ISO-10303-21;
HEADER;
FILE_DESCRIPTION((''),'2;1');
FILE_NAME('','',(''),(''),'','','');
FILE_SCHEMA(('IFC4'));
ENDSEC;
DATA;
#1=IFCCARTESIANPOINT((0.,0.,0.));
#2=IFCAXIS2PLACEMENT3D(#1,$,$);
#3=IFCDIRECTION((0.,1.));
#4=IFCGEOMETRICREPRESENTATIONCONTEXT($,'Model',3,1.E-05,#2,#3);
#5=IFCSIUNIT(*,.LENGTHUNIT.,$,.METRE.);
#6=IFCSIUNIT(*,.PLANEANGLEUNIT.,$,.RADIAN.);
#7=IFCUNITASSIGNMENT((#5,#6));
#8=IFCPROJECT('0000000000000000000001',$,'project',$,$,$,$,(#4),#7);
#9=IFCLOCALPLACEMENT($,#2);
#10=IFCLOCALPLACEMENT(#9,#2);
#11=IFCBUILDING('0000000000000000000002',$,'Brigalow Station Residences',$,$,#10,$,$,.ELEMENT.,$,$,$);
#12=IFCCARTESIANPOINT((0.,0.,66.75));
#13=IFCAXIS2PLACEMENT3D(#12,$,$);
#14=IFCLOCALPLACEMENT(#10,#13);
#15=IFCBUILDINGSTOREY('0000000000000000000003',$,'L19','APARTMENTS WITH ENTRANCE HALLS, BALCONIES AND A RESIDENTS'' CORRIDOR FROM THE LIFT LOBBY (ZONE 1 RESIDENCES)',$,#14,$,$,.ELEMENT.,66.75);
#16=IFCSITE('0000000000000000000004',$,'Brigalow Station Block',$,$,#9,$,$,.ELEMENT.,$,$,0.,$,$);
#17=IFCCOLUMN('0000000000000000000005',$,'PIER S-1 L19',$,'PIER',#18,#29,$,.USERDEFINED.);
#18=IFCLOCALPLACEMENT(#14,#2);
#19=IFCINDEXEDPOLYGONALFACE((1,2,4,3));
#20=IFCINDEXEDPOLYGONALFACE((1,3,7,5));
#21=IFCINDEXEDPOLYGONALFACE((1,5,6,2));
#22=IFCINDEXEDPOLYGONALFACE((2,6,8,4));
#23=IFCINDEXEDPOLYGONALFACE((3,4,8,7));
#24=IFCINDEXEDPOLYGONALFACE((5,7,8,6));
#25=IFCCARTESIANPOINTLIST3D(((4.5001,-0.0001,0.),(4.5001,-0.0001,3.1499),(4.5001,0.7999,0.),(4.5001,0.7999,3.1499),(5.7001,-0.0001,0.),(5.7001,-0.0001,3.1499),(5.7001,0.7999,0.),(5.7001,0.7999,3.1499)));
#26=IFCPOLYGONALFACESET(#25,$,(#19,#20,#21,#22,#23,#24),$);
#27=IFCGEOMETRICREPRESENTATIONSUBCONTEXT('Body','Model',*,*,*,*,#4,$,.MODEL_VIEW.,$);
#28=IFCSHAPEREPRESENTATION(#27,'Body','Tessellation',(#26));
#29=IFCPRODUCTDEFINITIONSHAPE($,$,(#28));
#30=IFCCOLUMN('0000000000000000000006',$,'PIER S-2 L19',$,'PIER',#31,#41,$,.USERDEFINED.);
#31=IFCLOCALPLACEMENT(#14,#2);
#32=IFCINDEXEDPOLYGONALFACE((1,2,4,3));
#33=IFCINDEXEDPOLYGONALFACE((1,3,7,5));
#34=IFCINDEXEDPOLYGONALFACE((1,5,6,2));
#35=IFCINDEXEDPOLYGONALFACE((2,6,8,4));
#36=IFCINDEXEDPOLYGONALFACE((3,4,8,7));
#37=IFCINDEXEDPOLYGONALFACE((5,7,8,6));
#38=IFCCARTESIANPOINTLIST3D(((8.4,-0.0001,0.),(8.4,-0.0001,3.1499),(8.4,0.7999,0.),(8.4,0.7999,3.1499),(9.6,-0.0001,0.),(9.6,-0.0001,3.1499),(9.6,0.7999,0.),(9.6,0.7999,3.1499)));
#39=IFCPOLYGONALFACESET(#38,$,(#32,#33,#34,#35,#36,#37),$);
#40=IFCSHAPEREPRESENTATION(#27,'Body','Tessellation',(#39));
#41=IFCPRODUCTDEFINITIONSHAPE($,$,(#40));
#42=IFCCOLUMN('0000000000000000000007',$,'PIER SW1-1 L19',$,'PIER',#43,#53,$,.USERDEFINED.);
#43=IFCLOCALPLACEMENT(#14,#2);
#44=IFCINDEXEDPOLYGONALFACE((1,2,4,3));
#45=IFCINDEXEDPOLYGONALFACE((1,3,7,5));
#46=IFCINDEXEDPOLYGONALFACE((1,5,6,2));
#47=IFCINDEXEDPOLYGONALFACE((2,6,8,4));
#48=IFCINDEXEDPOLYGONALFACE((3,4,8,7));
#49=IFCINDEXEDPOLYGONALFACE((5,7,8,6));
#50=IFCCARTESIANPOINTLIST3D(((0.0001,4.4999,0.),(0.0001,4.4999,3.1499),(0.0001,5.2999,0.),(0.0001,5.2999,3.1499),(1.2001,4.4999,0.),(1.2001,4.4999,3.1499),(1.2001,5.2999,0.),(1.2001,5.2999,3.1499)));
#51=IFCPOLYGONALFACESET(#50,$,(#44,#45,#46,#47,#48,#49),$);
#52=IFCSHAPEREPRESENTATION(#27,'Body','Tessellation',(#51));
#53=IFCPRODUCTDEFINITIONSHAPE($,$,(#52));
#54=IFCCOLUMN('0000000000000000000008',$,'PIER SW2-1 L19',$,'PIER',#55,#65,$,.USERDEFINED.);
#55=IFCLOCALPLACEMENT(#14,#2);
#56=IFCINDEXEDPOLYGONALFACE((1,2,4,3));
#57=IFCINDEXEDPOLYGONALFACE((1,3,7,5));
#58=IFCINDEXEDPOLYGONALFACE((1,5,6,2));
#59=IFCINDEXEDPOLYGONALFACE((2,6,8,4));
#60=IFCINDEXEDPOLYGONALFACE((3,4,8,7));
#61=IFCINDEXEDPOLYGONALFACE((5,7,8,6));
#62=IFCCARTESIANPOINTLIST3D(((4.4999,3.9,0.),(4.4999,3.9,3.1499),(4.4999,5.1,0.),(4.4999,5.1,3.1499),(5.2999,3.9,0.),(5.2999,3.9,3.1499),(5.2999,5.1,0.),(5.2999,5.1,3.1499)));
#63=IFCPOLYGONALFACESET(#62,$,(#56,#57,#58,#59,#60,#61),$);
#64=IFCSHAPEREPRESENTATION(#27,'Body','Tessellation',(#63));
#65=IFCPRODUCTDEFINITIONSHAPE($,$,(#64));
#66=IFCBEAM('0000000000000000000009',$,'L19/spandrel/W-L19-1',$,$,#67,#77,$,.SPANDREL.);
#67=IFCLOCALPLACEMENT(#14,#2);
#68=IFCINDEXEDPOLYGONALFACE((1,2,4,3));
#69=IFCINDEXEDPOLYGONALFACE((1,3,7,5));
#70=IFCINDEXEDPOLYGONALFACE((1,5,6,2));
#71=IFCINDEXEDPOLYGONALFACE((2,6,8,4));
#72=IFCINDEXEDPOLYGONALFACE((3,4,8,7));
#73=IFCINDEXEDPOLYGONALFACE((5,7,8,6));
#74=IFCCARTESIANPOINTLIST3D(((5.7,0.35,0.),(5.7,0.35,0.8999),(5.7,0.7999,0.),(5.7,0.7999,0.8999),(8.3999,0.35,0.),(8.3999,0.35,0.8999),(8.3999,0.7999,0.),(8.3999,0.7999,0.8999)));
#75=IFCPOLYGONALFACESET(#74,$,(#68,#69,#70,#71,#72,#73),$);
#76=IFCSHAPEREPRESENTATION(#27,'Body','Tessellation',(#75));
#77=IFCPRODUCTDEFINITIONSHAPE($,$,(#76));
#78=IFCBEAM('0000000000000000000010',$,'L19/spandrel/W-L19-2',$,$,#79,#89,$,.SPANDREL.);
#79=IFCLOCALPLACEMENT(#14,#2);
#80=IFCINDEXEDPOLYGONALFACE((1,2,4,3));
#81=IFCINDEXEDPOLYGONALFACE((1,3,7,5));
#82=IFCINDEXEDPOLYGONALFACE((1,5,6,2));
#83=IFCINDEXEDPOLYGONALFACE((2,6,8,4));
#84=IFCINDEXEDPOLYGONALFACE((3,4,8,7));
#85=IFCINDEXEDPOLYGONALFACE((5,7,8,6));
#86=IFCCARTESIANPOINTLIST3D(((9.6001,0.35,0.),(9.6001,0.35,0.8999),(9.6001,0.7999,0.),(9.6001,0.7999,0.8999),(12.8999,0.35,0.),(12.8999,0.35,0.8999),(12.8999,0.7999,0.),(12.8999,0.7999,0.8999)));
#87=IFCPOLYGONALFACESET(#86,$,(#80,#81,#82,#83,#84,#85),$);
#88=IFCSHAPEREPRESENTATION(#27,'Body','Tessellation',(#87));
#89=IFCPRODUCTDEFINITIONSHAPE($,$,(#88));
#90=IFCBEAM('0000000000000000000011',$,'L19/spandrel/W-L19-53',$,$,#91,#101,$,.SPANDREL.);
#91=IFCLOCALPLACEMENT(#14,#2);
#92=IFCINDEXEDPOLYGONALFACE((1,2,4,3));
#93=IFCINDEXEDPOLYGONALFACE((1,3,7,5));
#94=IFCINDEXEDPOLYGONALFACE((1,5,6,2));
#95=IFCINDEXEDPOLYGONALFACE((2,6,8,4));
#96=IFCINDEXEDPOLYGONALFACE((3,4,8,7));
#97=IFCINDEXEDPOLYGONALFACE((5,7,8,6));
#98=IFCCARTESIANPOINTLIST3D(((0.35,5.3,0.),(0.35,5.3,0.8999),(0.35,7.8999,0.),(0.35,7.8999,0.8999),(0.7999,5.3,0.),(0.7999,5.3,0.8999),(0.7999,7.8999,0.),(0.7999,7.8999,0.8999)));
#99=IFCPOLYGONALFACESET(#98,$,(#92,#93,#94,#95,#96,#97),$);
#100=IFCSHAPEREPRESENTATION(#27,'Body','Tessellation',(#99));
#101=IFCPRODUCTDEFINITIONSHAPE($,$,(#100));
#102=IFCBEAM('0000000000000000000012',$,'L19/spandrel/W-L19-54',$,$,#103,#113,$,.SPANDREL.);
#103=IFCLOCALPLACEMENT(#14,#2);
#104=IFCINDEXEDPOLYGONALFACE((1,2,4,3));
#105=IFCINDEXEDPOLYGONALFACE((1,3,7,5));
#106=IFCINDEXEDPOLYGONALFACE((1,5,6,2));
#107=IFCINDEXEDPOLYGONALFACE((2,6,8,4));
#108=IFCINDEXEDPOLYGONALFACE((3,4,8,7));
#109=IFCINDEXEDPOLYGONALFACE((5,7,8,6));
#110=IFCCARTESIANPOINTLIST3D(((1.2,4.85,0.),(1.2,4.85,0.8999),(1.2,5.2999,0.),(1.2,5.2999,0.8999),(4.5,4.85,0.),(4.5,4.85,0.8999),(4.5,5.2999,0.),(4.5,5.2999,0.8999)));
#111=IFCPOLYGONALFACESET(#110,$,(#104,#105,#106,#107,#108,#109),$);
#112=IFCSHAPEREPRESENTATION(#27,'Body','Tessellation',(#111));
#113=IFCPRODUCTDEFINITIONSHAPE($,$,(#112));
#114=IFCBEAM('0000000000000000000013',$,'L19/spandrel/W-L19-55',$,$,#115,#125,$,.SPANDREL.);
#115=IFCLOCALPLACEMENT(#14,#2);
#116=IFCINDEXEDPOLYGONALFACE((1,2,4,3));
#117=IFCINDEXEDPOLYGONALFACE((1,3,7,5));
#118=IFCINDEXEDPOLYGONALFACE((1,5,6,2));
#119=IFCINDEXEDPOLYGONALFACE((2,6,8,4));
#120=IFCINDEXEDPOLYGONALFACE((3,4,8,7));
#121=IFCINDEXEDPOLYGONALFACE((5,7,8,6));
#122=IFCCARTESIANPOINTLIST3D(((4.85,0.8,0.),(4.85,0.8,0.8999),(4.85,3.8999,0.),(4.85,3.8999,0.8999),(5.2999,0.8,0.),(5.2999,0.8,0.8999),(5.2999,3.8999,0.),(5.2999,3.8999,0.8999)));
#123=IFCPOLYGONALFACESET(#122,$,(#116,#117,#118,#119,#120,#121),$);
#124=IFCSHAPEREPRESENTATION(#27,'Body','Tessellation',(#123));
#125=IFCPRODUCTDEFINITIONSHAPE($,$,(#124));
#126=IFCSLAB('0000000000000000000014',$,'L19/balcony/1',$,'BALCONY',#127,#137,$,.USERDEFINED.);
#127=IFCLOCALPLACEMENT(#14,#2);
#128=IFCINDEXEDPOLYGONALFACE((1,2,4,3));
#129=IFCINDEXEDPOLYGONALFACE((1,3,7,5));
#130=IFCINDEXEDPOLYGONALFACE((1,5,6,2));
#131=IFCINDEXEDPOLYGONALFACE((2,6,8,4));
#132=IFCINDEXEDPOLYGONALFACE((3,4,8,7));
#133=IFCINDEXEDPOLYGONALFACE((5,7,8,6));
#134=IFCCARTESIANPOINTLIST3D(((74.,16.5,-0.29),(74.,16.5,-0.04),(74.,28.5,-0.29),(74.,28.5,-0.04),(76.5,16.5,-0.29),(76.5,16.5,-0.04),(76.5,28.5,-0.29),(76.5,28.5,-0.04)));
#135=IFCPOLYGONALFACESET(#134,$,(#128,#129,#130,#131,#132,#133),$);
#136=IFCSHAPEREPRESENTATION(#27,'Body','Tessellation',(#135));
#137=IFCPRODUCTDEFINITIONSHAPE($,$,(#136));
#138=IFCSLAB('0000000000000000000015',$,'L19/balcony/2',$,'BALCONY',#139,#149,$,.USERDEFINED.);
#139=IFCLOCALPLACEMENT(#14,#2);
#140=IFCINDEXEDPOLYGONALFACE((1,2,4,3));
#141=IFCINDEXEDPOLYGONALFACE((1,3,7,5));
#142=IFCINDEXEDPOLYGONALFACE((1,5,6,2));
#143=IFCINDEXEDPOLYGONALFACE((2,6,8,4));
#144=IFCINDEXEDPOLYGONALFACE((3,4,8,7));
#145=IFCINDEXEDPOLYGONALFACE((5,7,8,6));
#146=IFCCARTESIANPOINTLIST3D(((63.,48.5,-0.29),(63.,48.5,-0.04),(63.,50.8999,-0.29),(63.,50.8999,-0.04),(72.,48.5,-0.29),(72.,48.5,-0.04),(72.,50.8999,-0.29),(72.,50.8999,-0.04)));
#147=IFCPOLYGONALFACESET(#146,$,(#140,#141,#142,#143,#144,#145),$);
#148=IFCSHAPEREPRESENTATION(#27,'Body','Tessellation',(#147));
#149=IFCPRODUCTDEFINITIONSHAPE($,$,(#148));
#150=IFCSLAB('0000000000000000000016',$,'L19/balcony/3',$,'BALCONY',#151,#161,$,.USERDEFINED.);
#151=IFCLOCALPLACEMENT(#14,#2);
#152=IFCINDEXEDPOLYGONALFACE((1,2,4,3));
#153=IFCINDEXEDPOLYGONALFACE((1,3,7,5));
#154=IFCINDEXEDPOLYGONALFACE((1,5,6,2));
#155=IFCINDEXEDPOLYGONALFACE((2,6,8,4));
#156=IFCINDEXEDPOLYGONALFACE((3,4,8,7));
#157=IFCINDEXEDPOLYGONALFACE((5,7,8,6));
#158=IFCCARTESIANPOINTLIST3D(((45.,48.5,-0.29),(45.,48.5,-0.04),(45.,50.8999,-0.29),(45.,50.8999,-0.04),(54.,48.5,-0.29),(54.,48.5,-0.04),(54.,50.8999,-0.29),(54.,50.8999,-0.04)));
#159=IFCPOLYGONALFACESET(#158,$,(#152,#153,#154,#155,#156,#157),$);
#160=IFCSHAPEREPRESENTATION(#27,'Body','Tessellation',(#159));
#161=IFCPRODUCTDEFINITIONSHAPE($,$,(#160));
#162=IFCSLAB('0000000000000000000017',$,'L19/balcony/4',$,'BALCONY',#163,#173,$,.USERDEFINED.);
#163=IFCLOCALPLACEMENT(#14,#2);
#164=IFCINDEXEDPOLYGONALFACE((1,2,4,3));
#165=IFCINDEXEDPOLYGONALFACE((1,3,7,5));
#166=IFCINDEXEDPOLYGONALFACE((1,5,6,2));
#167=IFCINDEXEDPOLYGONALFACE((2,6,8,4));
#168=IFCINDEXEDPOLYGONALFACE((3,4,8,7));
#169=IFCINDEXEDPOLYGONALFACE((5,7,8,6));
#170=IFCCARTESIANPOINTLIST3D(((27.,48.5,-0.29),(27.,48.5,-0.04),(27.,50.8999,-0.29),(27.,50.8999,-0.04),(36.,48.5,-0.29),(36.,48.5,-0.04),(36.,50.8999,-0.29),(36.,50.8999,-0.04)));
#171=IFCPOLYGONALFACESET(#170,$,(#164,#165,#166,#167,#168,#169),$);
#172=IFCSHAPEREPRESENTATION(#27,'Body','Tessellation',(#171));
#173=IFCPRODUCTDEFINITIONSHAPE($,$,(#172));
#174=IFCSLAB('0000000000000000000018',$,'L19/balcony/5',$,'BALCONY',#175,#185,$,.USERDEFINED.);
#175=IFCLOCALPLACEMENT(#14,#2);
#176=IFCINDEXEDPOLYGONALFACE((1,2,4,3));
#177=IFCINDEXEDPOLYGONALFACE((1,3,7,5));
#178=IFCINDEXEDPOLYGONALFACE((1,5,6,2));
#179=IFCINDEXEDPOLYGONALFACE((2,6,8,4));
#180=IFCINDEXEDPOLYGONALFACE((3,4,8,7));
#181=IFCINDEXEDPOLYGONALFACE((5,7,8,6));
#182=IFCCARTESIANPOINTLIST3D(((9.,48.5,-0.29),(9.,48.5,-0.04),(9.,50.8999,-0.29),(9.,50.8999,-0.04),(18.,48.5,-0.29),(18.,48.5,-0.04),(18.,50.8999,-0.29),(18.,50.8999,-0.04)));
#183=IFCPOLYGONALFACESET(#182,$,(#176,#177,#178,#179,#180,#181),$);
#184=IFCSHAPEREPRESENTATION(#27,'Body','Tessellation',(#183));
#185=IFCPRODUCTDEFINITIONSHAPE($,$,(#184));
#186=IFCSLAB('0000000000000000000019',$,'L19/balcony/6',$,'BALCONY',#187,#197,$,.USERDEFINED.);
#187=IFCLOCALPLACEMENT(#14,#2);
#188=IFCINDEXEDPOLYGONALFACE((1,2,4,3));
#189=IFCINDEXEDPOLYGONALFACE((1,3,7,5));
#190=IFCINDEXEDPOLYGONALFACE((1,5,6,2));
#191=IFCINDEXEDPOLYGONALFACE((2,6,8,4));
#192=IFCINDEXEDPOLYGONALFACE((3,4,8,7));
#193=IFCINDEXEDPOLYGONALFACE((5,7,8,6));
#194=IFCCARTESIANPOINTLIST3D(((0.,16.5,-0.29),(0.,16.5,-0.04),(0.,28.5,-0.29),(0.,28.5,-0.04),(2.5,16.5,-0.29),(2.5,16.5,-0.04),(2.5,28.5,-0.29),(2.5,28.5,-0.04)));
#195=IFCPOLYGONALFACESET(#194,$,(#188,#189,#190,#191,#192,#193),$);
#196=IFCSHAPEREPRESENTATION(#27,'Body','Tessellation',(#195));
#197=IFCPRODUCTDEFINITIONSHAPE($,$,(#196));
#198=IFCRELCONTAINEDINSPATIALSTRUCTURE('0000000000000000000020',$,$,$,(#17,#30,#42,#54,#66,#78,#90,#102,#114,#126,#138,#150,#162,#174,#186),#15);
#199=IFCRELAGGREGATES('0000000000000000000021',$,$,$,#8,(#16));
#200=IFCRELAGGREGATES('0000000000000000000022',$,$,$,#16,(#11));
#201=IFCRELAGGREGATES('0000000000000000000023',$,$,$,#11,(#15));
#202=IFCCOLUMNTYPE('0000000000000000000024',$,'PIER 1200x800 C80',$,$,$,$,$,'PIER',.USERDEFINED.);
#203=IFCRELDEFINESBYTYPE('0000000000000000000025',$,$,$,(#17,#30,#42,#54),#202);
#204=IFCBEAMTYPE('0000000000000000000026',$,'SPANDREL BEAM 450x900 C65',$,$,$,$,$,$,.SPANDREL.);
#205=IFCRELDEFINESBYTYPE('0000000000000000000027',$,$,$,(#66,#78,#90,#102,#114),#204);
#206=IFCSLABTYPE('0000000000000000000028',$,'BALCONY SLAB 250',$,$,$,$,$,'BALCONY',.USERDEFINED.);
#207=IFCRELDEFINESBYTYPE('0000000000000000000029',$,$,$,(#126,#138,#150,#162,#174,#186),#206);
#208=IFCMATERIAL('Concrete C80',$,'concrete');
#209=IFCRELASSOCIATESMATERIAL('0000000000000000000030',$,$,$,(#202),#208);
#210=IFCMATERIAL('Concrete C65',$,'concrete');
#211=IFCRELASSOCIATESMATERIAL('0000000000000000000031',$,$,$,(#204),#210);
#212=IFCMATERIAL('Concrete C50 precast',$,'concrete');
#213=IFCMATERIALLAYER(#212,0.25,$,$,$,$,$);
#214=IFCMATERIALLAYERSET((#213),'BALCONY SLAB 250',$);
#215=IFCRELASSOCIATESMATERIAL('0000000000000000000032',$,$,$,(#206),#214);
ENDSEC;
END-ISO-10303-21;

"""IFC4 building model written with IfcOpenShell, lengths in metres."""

from ifc_helpers import new_model, si_unit, direction, frame, origin, origin_2d, place, context, subcontext, project, spatial, polyline, rectangle, outline, extrude, material, layer, layer_set, material_profile, profile_set, type_object, element, save


model = new_model("IFC4")

# Units and contexts
model_context = context("Model", 3, precision=1e-05, world=origin(), true_north=direction((0.0, 1.0)))
body_context = subcontext(model_context, "Body", "Model", "MODEL_VIEW")
ifc_project = project(units=[si_unit("LENGTHUNIT", "METRE"), si_unit("PLANEANGLEUNIT", "RADIAN")], contexts=[model_context])

# Site, building, storey
site_placement = place(None, origin())
site = spatial("IfcSite", under=ifc_project, at=site_placement, Name="Brigalow Station Block", CompositionType="ELEMENT", RefElevation=0.0)
building_placement = place(site_placement, origin())
building = spatial("IfcBuilding", under=site, at=building_placement, Name="Brigalow Station Residences", CompositionType="ELEMENT")
storey_placement = place(building_placement, frame((0.0, 0.0, 66.75)))
storey = spatial("IfcBuildingStorey", under=building, at=storey_placement, Name="L19", Description="APARTMENTS WITH ENTRANCE HALLS, BALCONIES AND A RESIDENTS' CORRIDOR FROM THE LIFT LOBBY (ZONE 1 RESIDENCES)", CompositionType="ELEMENT", Elevation=66.75)

# Columns
ifc_material_1 = material(Name="Concrete C80", Category="concrete")
ifc_material_profile_1 = material_profile(ifc_material_1, rectangle(XDim=1.2, YDim=0.8, at=origin_2d()), Name="RC1200x800")
ifc_profile_set_1 = profile_set([ifc_material_profile_1], Name="Concrete C80")
column_type = type_object("IfcColumnType", Name="PIER 1200x800 C80", ElementType="PIER", PredefinedType="USERDEFINED", material=ifc_profile_set_1)
for number, where, z_axis, x_axis, name in (
    (1, (5.1001, 0.3999, 0.0), (0.0, 0.0, 1.0), (1.0, 0.0, 0.0), "PIER S-1 L19"),
    (2, (9.0, 0.3999, 0.0), (0.0, 0.0, 1.0), (1.0, 0.0, 0.0), "PIER S-2 L19"),
    (3, (0.6001, 4.8999, 0.0), (0.0, 0.0, 1.0), (1.0, 0.0, 0.0), "PIER SW1-1 L19"),
    (4, (4.8999, 4.5, 0.0), (0.0, 0.0, 1.0), (0.0, -1.0, 0.0), "PIER SW2-1 L19"),
):
    element("IfcColumn", number, at=place(storey_placement, frame(where, z_axis=z_axis, x_axis=x_axis)), inside=storey, type_object=column_type, Name=name, ObjectType="PIER", PredefinedType="USERDEFINED", context=body_context, shape_type="SweptSolid", body=[
        extrude(rectangle(XDim=1.2, YDim=0.8, at=origin_2d()), origin(), (0.0, 0.0, 1.0), 3.1499),
    ])

# Beams
ifc_material_2 = material(Name="Concrete C65", Category="concrete")
ifc_material_profile_2 = material_profile(ifc_material_2, rectangle(XDim=0.45, YDim=0.8999, at=origin_2d()), Name="RC450x900")
ifc_profile_set_2 = profile_set([ifc_material_profile_2], Name="Concrete C65")
beam_type = type_object("IfcBeamType", Name="SPANDREL BEAM 450x900 C65", PredefinedType="SPANDREL", material=ifc_profile_set_2)
beam_1_placement = place(storey_placement, frame((5.7, 0.575, 0.45), z_axis=(1.0, 0.0, 0.0), x_axis=(0.0, 1.0, 0.0)))
element("IfcBeam", 5, at=beam_1_placement, inside=storey, type_object=beam_type, Name="L19/spandrel/W-L19-1", PredefinedType="SPANDREL", context=body_context, shape_type="SweptSolid", body=[
    extrude(rectangle(XDim=0.45, YDim=0.8999, at=origin_2d()), origin(), (0.0, 0.0, 1.0), 2.7),
])
beam_2_placement = place(storey_placement, frame((9.6001, 0.575, 0.45), z_axis=(1.0, 0.0, 0.0), x_axis=(0.0, 1.0, 0.0)))
element("IfcBeam", 6, at=beam_2_placement, inside=storey, type_object=beam_type, Name="L19/spandrel/W-L19-2", PredefinedType="SPANDREL", context=body_context, shape_type="SweptSolid", body=[
    extrude(rectangle(XDim=0.45, YDim=0.8999, at=origin_2d()), origin(), (0.0, 0.0, 1.0), 3.2998),
])
beam_3_placement = place(storey_placement, frame((0.575, 7.8999, 0.45), z_axis=(0.0, -1.0, 0.0), x_axis=(1.0, 0.0, 0.0)))
element("IfcBeam", 7, at=beam_3_placement, inside=storey, type_object=beam_type, Name="L19/spandrel/W-L19-53", PredefinedType="SPANDREL", context=body_context, shape_type="SweptSolid", body=[
    extrude(rectangle(XDim=0.45, YDim=0.8999, at=origin_2d()), origin(), (0.0, 0.0, 1.0), 2.5999),
])
beam_4_placement = place(storey_placement, frame((1.2, 5.075, 0.45), z_axis=(1.0, 0.0, 0.0), x_axis=(0.0, 1.0, 0.0)))
element("IfcBeam", 8, at=beam_4_placement, inside=storey, type_object=beam_type, Name="L19/spandrel/W-L19-54", PredefinedType="SPANDREL", context=body_context, shape_type="SweptSolid", body=[
    extrude(rectangle(XDim=0.45, YDim=0.8999, at=origin_2d()), origin(), (0.0, 0.0, 1.0), 3.3),
])
beam_5_placement = place(storey_placement, frame((5.075, 3.8999, 0.45), z_axis=(0.0, -1.0, 0.0), x_axis=(1.0, 0.0, 0.0)))
element("IfcBeam", 9, at=beam_5_placement, inside=storey, type_object=beam_type, Name="L19/spandrel/W-L19-55", PredefinedType="SPANDREL", context=body_context, shape_type="SweptSolid", body=[
    extrude(rectangle(XDim=0.45, YDim=0.8999, at=origin_2d()), origin(), (0.0, 0.0, 1.0), 3.0999),
])

# Slabs
ifc_material_3 = material(Name="Concrete C50 precast", Category="concrete")
ifc_layer_1 = layer(ifc_material_3, 0.25)
ifc_layer_set_1 = layer_set([ifc_layer_1], Name="BALCONY SLAB 250")
slab_type_1 = type_object("IfcSlabType", Name="BALCONY SLAB 250", ElementType="BALCONY", PredefinedType="USERDEFINED", material=ifc_layer_set_1)
slab_1_placement = place(storey_placement, frame((0.0, 0.0, -0.29)))
element("IfcSlab", 10, at=slab_1_placement, inside=storey, type_object=slab_type_1, Name="L19/balcony/1", ObjectType="BALCONY", PredefinedType="USERDEFINED", context=body_context, shape_type="SweptSolid", body=[
    extrude(outline(polyline([(74.0, 16.5), (76.5, 16.5), (76.5, 28.5), (74.0, 28.5), (74.0, 16.5)])), origin(), (0.0, 0.0, 1.0), 0.25),
])
slab_2_placement = place(storey_placement, frame((0.0, 0.0, -0.29)))
element("IfcSlab", 11, at=slab_2_placement, inside=storey, type_object=slab_type_1, Name="L19/balcony/2", ObjectType="BALCONY", PredefinedType="USERDEFINED", context=body_context, shape_type="SweptSolid", body=[
    extrude(outline(polyline([(72.0, 48.5), (72.0, 50.8999), (63.0, 50.8999), (63.0, 48.5), (72.0, 48.5)])), origin(), (0.0, 0.0, 1.0), 0.25),
])
slab_3_placement = place(storey_placement, frame((0.0, 0.0, -0.29)))
element("IfcSlab", 12, at=slab_3_placement, inside=storey, type_object=slab_type_1, Name="L19/balcony/3", ObjectType="BALCONY", PredefinedType="USERDEFINED", context=body_context, shape_type="SweptSolid", body=[
    extrude(outline(polyline([(54.0, 48.5), (54.0, 50.8999), (45.0, 50.8999), (45.0, 48.5), (54.0, 48.5)])), origin(), (0.0, 0.0, 1.0), 0.25),
])
slab_4_placement = place(storey_placement, frame((0.0, 0.0, -0.29)))
element("IfcSlab", 13, at=slab_4_placement, inside=storey, type_object=slab_type_1, Name="L19/balcony/4", ObjectType="BALCONY", PredefinedType="USERDEFINED", context=body_context, shape_type="SweptSolid", body=[
    extrude(outline(polyline([(36.0, 48.5), (36.0, 50.8999), (27.0, 50.8999), (27.0, 48.5), (36.0, 48.5)])), origin(), (0.0, 0.0, 1.0), 0.25),
])
slab_5_placement = place(storey_placement, frame((0.0, 0.0, -0.29)))
element("IfcSlab", 14, at=slab_5_placement, inside=storey, type_object=slab_type_1, Name="L19/balcony/5", ObjectType="BALCONY", PredefinedType="USERDEFINED", context=body_context, shape_type="SweptSolid", body=[
    extrude(outline(polyline([(18.0, 48.5), (18.0, 50.8999), (9.0, 50.8999), (9.0, 48.5), (18.0, 48.5)])), origin(), (0.0, 0.0, 1.0), 0.25),
])
slab_6_placement = place(storey_placement, frame((0.0, 0.0, -0.29)))
element("IfcSlab", 15, at=slab_6_placement, inside=storey, type_object=slab_type_1, Name="L19/balcony/6", ObjectType="BALCONY", PredefinedType="USERDEFINED", context=body_context, shape_type="SweptSolid", body=[
    extrude(outline(polyline([(2.5, 28.5), (0.0, 28.5), (0.0, 16.5), (2.5, 16.5), (2.5, 28.5)])), origin(), (0.0, 0.0, 1.0), 0.25),
])

save(model, "model.ifc")
